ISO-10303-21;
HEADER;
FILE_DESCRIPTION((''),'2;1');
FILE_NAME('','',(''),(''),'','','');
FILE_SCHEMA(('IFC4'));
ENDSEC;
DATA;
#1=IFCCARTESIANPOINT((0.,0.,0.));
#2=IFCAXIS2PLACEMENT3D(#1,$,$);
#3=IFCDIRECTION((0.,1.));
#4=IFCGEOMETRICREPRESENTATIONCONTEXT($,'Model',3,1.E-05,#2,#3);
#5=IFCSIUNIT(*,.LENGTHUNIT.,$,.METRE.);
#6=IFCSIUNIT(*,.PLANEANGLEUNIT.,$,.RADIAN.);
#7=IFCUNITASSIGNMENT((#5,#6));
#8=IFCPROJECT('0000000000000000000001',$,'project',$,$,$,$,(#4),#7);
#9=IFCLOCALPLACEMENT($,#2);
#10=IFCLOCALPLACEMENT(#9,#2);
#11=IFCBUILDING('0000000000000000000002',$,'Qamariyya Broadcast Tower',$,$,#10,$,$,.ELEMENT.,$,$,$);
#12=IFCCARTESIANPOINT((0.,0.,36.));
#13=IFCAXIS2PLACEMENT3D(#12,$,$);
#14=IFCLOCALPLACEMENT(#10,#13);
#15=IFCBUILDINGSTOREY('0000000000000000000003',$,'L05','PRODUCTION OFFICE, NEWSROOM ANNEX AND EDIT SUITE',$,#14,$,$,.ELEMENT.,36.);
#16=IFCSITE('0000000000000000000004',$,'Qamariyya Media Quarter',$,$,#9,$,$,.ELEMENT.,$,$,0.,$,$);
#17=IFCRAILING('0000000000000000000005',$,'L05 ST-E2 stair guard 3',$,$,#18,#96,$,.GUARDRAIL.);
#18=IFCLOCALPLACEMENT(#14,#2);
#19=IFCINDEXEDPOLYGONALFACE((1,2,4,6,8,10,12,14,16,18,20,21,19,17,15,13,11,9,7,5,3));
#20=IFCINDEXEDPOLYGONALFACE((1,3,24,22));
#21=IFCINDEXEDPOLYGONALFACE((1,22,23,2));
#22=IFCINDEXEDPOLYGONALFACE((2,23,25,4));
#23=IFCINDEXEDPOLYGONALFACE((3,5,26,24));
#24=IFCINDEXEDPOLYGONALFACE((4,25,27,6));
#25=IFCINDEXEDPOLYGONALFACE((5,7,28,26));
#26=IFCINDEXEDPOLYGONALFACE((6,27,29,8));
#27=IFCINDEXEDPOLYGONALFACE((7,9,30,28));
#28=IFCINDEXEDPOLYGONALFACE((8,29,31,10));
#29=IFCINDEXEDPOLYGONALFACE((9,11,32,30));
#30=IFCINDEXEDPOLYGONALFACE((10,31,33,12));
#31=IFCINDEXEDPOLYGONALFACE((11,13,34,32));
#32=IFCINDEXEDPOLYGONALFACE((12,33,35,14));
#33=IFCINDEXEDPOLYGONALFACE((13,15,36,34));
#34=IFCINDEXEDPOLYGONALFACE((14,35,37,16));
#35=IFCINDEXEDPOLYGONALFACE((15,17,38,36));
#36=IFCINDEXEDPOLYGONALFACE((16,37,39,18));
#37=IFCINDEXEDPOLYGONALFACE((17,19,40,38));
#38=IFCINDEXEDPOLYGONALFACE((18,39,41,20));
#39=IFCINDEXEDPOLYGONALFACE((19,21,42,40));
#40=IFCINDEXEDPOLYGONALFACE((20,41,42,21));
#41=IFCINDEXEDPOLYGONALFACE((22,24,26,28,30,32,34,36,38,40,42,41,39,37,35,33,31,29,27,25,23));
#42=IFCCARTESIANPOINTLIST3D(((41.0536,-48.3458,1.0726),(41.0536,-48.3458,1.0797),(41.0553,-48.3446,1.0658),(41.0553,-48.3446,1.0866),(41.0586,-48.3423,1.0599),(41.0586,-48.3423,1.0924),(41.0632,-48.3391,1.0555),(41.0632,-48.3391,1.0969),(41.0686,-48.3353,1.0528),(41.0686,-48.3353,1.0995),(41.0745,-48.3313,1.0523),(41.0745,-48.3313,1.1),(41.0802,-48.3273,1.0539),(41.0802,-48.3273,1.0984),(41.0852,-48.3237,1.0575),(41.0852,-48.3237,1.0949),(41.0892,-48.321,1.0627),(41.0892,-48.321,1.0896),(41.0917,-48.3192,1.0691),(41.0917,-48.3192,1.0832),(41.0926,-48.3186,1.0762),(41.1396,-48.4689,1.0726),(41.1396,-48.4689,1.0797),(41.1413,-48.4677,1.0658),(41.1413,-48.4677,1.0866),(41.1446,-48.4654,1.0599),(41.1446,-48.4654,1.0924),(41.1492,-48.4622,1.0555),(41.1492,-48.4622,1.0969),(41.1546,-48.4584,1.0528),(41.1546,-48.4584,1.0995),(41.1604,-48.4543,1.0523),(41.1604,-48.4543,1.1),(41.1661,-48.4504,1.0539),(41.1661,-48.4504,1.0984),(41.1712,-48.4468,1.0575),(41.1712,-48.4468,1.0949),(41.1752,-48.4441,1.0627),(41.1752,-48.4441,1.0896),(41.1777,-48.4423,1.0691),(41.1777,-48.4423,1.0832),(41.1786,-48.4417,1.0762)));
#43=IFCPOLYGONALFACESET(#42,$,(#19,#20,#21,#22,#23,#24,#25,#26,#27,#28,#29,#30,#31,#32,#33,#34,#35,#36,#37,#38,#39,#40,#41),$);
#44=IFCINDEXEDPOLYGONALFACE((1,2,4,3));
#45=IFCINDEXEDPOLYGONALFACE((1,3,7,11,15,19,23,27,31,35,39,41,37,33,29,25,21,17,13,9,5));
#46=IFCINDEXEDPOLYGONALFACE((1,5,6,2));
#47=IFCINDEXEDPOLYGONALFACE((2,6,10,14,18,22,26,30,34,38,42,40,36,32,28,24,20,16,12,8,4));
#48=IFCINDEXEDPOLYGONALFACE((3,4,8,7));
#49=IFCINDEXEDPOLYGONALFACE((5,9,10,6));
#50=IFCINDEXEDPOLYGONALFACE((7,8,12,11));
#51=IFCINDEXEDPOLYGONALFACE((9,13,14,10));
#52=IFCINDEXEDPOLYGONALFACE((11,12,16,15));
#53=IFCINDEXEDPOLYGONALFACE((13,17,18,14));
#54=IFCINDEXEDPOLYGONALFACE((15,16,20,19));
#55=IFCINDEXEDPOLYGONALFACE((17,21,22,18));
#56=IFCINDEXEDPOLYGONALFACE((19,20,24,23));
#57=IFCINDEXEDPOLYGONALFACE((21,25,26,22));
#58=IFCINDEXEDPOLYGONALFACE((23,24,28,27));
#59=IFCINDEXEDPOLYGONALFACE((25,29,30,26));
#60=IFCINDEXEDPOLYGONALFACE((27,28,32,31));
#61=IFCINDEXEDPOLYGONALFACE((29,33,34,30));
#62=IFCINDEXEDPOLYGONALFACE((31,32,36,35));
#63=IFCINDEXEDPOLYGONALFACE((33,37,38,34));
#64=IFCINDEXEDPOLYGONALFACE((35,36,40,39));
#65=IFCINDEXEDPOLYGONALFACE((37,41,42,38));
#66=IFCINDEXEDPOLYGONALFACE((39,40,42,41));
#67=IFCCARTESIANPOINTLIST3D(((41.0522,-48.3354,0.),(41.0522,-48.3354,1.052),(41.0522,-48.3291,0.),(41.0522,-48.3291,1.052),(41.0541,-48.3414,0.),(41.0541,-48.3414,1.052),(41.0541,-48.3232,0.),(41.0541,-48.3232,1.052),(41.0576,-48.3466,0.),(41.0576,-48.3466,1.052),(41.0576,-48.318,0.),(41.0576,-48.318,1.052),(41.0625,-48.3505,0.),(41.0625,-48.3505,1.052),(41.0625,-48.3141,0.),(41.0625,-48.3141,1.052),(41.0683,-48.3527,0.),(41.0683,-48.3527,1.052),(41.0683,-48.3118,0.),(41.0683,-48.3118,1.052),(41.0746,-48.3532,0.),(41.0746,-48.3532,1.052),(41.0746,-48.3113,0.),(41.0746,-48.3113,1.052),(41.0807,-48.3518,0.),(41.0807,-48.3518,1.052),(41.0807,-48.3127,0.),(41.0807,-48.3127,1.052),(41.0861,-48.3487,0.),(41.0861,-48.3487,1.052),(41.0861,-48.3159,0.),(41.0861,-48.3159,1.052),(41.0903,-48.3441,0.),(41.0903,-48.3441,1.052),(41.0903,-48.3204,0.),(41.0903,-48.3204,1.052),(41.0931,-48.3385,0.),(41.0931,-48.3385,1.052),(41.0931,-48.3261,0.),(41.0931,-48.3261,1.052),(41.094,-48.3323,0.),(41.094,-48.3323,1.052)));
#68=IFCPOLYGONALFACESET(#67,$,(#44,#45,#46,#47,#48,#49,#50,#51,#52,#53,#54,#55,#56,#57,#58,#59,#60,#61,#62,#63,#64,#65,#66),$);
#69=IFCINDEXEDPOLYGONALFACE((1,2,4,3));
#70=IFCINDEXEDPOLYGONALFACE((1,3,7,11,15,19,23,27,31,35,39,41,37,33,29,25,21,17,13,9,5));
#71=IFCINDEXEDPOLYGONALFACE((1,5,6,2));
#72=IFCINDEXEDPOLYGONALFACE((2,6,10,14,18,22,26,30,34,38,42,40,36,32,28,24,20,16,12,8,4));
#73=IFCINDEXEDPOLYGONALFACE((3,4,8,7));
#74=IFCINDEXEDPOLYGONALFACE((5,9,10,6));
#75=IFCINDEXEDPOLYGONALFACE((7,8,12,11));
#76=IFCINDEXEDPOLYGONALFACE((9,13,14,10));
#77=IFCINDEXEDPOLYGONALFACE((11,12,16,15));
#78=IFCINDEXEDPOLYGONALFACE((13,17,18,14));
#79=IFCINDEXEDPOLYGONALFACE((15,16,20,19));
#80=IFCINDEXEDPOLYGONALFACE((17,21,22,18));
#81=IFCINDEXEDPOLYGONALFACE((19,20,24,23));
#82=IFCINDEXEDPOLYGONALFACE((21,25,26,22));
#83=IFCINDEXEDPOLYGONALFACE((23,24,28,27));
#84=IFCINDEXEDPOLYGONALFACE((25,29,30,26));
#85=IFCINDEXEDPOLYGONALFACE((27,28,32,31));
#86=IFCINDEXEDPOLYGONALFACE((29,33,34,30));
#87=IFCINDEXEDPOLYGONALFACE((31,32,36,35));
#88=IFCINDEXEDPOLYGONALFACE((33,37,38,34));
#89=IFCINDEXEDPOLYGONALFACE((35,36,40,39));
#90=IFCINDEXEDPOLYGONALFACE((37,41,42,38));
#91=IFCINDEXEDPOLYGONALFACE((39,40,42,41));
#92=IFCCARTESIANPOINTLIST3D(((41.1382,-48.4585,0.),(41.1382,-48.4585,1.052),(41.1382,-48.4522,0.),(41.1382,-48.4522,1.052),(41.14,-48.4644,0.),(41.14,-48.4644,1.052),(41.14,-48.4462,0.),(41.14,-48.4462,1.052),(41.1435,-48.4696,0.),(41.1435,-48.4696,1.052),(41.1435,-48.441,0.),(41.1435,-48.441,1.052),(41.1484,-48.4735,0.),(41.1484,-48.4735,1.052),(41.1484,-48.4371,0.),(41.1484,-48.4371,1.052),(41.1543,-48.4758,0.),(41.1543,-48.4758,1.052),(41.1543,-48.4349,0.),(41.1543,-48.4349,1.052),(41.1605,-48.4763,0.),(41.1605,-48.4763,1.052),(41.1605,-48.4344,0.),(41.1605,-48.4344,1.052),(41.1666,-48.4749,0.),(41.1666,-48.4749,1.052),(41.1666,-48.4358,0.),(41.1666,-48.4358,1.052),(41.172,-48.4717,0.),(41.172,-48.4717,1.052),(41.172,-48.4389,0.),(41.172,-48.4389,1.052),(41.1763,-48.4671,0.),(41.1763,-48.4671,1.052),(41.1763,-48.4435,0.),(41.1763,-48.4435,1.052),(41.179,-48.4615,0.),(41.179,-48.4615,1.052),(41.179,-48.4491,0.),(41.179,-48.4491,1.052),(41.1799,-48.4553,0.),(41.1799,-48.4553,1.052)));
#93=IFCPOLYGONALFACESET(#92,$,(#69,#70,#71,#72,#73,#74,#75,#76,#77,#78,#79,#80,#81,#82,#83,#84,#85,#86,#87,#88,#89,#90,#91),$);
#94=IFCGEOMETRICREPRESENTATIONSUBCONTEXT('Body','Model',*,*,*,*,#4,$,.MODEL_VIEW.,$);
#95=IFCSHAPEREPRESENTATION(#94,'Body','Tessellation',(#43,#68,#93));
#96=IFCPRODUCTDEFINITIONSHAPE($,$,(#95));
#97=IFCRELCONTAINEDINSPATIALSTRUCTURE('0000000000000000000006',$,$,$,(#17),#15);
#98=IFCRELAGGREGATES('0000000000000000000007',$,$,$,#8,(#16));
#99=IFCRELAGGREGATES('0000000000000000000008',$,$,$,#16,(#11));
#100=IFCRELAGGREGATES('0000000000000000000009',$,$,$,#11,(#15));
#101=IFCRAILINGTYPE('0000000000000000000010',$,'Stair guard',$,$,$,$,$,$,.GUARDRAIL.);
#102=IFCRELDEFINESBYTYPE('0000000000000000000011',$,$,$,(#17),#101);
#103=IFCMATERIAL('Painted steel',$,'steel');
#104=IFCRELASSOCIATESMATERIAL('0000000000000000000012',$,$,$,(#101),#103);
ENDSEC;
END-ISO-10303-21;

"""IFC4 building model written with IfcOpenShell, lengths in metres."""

from ifc_helpers import new_model, si_unit, direction, frame, origin, origin_2d, place, context, subcontext, project, spatial, circle, extrude, material, type_object, element, save


model = new_model("IFC4")

# Units and contexts
model_context = context("Model", 3, precision=1e-05, world=origin(), true_north=direction((0.0, 1.0)))
body_context = subcontext(model_context, "Body", "Model", "MODEL_VIEW")
ifc_project = project(units=[si_unit("LENGTHUNIT", "METRE"), si_unit("PLANEANGLEUNIT", "RADIAN")], contexts=[model_context])

# Site, building, storey
site_placement = place(None, origin())
site = spatial("IfcSite", under=ifc_project, at=site_placement, Name="Qamariyya Media Quarter", CompositionType="ELEMENT", RefElevation=0.0)
building_placement = place(site_placement, origin())
building = spatial("IfcBuilding", under=site, at=building_placement, Name="Qamariyya Broadcast Tower", CompositionType="ELEMENT")
storey_placement = place(building_placement, frame((0.0, 0.0, 36.0)))
storey = spatial("IfcBuildingStorey", under=building, at=storey_placement, Name="L05", Description="PRODUCTION OFFICE, NEWSROOM ANNEX AND EDIT SUITE", CompositionType="ELEMENT", Elevation=36.0)

# Railing
ifc_material_1 = material(Name="Painted steel", Category="steel")
railing_type_1 = type_object("IfcRailingType", Name="Stair guard", PredefinedType="GUARDRAIL", material=ifc_material_1)
railing_1_placement = place(storey_placement, frame((41.073, -48.3323, 0.0)))
element("IfcRailing", 1, at=railing_1_placement, inside=storey, type_object=railing_type_1, Name="L05 ST-E2 stair guard 3", PredefinedType="GUARDRAIL", context=body_context, shape_type="SweptSolid", body=[
    extrude(circle(Radius=0.0239, at=origin_2d()), frame((0.0, 0.0, 1.0762), z_axis=(0.572589, -0.819843, 0.0), x_axis=(0.819843, 0.572589, 0.0)), (0.0, 0.0, 1.0), 0.1501),
    extrude(circle(Radius=0.021, at=origin_2d()), origin(), (0.0, 0.0, 1.0), 1.052),
    extrude(circle(Radius=0.021, at=origin_2d()), frame((0.0859, -0.123, 0.0)), (0.0, 0.0, 1.0), 1.052),
])

save(model, "model.ifc")
